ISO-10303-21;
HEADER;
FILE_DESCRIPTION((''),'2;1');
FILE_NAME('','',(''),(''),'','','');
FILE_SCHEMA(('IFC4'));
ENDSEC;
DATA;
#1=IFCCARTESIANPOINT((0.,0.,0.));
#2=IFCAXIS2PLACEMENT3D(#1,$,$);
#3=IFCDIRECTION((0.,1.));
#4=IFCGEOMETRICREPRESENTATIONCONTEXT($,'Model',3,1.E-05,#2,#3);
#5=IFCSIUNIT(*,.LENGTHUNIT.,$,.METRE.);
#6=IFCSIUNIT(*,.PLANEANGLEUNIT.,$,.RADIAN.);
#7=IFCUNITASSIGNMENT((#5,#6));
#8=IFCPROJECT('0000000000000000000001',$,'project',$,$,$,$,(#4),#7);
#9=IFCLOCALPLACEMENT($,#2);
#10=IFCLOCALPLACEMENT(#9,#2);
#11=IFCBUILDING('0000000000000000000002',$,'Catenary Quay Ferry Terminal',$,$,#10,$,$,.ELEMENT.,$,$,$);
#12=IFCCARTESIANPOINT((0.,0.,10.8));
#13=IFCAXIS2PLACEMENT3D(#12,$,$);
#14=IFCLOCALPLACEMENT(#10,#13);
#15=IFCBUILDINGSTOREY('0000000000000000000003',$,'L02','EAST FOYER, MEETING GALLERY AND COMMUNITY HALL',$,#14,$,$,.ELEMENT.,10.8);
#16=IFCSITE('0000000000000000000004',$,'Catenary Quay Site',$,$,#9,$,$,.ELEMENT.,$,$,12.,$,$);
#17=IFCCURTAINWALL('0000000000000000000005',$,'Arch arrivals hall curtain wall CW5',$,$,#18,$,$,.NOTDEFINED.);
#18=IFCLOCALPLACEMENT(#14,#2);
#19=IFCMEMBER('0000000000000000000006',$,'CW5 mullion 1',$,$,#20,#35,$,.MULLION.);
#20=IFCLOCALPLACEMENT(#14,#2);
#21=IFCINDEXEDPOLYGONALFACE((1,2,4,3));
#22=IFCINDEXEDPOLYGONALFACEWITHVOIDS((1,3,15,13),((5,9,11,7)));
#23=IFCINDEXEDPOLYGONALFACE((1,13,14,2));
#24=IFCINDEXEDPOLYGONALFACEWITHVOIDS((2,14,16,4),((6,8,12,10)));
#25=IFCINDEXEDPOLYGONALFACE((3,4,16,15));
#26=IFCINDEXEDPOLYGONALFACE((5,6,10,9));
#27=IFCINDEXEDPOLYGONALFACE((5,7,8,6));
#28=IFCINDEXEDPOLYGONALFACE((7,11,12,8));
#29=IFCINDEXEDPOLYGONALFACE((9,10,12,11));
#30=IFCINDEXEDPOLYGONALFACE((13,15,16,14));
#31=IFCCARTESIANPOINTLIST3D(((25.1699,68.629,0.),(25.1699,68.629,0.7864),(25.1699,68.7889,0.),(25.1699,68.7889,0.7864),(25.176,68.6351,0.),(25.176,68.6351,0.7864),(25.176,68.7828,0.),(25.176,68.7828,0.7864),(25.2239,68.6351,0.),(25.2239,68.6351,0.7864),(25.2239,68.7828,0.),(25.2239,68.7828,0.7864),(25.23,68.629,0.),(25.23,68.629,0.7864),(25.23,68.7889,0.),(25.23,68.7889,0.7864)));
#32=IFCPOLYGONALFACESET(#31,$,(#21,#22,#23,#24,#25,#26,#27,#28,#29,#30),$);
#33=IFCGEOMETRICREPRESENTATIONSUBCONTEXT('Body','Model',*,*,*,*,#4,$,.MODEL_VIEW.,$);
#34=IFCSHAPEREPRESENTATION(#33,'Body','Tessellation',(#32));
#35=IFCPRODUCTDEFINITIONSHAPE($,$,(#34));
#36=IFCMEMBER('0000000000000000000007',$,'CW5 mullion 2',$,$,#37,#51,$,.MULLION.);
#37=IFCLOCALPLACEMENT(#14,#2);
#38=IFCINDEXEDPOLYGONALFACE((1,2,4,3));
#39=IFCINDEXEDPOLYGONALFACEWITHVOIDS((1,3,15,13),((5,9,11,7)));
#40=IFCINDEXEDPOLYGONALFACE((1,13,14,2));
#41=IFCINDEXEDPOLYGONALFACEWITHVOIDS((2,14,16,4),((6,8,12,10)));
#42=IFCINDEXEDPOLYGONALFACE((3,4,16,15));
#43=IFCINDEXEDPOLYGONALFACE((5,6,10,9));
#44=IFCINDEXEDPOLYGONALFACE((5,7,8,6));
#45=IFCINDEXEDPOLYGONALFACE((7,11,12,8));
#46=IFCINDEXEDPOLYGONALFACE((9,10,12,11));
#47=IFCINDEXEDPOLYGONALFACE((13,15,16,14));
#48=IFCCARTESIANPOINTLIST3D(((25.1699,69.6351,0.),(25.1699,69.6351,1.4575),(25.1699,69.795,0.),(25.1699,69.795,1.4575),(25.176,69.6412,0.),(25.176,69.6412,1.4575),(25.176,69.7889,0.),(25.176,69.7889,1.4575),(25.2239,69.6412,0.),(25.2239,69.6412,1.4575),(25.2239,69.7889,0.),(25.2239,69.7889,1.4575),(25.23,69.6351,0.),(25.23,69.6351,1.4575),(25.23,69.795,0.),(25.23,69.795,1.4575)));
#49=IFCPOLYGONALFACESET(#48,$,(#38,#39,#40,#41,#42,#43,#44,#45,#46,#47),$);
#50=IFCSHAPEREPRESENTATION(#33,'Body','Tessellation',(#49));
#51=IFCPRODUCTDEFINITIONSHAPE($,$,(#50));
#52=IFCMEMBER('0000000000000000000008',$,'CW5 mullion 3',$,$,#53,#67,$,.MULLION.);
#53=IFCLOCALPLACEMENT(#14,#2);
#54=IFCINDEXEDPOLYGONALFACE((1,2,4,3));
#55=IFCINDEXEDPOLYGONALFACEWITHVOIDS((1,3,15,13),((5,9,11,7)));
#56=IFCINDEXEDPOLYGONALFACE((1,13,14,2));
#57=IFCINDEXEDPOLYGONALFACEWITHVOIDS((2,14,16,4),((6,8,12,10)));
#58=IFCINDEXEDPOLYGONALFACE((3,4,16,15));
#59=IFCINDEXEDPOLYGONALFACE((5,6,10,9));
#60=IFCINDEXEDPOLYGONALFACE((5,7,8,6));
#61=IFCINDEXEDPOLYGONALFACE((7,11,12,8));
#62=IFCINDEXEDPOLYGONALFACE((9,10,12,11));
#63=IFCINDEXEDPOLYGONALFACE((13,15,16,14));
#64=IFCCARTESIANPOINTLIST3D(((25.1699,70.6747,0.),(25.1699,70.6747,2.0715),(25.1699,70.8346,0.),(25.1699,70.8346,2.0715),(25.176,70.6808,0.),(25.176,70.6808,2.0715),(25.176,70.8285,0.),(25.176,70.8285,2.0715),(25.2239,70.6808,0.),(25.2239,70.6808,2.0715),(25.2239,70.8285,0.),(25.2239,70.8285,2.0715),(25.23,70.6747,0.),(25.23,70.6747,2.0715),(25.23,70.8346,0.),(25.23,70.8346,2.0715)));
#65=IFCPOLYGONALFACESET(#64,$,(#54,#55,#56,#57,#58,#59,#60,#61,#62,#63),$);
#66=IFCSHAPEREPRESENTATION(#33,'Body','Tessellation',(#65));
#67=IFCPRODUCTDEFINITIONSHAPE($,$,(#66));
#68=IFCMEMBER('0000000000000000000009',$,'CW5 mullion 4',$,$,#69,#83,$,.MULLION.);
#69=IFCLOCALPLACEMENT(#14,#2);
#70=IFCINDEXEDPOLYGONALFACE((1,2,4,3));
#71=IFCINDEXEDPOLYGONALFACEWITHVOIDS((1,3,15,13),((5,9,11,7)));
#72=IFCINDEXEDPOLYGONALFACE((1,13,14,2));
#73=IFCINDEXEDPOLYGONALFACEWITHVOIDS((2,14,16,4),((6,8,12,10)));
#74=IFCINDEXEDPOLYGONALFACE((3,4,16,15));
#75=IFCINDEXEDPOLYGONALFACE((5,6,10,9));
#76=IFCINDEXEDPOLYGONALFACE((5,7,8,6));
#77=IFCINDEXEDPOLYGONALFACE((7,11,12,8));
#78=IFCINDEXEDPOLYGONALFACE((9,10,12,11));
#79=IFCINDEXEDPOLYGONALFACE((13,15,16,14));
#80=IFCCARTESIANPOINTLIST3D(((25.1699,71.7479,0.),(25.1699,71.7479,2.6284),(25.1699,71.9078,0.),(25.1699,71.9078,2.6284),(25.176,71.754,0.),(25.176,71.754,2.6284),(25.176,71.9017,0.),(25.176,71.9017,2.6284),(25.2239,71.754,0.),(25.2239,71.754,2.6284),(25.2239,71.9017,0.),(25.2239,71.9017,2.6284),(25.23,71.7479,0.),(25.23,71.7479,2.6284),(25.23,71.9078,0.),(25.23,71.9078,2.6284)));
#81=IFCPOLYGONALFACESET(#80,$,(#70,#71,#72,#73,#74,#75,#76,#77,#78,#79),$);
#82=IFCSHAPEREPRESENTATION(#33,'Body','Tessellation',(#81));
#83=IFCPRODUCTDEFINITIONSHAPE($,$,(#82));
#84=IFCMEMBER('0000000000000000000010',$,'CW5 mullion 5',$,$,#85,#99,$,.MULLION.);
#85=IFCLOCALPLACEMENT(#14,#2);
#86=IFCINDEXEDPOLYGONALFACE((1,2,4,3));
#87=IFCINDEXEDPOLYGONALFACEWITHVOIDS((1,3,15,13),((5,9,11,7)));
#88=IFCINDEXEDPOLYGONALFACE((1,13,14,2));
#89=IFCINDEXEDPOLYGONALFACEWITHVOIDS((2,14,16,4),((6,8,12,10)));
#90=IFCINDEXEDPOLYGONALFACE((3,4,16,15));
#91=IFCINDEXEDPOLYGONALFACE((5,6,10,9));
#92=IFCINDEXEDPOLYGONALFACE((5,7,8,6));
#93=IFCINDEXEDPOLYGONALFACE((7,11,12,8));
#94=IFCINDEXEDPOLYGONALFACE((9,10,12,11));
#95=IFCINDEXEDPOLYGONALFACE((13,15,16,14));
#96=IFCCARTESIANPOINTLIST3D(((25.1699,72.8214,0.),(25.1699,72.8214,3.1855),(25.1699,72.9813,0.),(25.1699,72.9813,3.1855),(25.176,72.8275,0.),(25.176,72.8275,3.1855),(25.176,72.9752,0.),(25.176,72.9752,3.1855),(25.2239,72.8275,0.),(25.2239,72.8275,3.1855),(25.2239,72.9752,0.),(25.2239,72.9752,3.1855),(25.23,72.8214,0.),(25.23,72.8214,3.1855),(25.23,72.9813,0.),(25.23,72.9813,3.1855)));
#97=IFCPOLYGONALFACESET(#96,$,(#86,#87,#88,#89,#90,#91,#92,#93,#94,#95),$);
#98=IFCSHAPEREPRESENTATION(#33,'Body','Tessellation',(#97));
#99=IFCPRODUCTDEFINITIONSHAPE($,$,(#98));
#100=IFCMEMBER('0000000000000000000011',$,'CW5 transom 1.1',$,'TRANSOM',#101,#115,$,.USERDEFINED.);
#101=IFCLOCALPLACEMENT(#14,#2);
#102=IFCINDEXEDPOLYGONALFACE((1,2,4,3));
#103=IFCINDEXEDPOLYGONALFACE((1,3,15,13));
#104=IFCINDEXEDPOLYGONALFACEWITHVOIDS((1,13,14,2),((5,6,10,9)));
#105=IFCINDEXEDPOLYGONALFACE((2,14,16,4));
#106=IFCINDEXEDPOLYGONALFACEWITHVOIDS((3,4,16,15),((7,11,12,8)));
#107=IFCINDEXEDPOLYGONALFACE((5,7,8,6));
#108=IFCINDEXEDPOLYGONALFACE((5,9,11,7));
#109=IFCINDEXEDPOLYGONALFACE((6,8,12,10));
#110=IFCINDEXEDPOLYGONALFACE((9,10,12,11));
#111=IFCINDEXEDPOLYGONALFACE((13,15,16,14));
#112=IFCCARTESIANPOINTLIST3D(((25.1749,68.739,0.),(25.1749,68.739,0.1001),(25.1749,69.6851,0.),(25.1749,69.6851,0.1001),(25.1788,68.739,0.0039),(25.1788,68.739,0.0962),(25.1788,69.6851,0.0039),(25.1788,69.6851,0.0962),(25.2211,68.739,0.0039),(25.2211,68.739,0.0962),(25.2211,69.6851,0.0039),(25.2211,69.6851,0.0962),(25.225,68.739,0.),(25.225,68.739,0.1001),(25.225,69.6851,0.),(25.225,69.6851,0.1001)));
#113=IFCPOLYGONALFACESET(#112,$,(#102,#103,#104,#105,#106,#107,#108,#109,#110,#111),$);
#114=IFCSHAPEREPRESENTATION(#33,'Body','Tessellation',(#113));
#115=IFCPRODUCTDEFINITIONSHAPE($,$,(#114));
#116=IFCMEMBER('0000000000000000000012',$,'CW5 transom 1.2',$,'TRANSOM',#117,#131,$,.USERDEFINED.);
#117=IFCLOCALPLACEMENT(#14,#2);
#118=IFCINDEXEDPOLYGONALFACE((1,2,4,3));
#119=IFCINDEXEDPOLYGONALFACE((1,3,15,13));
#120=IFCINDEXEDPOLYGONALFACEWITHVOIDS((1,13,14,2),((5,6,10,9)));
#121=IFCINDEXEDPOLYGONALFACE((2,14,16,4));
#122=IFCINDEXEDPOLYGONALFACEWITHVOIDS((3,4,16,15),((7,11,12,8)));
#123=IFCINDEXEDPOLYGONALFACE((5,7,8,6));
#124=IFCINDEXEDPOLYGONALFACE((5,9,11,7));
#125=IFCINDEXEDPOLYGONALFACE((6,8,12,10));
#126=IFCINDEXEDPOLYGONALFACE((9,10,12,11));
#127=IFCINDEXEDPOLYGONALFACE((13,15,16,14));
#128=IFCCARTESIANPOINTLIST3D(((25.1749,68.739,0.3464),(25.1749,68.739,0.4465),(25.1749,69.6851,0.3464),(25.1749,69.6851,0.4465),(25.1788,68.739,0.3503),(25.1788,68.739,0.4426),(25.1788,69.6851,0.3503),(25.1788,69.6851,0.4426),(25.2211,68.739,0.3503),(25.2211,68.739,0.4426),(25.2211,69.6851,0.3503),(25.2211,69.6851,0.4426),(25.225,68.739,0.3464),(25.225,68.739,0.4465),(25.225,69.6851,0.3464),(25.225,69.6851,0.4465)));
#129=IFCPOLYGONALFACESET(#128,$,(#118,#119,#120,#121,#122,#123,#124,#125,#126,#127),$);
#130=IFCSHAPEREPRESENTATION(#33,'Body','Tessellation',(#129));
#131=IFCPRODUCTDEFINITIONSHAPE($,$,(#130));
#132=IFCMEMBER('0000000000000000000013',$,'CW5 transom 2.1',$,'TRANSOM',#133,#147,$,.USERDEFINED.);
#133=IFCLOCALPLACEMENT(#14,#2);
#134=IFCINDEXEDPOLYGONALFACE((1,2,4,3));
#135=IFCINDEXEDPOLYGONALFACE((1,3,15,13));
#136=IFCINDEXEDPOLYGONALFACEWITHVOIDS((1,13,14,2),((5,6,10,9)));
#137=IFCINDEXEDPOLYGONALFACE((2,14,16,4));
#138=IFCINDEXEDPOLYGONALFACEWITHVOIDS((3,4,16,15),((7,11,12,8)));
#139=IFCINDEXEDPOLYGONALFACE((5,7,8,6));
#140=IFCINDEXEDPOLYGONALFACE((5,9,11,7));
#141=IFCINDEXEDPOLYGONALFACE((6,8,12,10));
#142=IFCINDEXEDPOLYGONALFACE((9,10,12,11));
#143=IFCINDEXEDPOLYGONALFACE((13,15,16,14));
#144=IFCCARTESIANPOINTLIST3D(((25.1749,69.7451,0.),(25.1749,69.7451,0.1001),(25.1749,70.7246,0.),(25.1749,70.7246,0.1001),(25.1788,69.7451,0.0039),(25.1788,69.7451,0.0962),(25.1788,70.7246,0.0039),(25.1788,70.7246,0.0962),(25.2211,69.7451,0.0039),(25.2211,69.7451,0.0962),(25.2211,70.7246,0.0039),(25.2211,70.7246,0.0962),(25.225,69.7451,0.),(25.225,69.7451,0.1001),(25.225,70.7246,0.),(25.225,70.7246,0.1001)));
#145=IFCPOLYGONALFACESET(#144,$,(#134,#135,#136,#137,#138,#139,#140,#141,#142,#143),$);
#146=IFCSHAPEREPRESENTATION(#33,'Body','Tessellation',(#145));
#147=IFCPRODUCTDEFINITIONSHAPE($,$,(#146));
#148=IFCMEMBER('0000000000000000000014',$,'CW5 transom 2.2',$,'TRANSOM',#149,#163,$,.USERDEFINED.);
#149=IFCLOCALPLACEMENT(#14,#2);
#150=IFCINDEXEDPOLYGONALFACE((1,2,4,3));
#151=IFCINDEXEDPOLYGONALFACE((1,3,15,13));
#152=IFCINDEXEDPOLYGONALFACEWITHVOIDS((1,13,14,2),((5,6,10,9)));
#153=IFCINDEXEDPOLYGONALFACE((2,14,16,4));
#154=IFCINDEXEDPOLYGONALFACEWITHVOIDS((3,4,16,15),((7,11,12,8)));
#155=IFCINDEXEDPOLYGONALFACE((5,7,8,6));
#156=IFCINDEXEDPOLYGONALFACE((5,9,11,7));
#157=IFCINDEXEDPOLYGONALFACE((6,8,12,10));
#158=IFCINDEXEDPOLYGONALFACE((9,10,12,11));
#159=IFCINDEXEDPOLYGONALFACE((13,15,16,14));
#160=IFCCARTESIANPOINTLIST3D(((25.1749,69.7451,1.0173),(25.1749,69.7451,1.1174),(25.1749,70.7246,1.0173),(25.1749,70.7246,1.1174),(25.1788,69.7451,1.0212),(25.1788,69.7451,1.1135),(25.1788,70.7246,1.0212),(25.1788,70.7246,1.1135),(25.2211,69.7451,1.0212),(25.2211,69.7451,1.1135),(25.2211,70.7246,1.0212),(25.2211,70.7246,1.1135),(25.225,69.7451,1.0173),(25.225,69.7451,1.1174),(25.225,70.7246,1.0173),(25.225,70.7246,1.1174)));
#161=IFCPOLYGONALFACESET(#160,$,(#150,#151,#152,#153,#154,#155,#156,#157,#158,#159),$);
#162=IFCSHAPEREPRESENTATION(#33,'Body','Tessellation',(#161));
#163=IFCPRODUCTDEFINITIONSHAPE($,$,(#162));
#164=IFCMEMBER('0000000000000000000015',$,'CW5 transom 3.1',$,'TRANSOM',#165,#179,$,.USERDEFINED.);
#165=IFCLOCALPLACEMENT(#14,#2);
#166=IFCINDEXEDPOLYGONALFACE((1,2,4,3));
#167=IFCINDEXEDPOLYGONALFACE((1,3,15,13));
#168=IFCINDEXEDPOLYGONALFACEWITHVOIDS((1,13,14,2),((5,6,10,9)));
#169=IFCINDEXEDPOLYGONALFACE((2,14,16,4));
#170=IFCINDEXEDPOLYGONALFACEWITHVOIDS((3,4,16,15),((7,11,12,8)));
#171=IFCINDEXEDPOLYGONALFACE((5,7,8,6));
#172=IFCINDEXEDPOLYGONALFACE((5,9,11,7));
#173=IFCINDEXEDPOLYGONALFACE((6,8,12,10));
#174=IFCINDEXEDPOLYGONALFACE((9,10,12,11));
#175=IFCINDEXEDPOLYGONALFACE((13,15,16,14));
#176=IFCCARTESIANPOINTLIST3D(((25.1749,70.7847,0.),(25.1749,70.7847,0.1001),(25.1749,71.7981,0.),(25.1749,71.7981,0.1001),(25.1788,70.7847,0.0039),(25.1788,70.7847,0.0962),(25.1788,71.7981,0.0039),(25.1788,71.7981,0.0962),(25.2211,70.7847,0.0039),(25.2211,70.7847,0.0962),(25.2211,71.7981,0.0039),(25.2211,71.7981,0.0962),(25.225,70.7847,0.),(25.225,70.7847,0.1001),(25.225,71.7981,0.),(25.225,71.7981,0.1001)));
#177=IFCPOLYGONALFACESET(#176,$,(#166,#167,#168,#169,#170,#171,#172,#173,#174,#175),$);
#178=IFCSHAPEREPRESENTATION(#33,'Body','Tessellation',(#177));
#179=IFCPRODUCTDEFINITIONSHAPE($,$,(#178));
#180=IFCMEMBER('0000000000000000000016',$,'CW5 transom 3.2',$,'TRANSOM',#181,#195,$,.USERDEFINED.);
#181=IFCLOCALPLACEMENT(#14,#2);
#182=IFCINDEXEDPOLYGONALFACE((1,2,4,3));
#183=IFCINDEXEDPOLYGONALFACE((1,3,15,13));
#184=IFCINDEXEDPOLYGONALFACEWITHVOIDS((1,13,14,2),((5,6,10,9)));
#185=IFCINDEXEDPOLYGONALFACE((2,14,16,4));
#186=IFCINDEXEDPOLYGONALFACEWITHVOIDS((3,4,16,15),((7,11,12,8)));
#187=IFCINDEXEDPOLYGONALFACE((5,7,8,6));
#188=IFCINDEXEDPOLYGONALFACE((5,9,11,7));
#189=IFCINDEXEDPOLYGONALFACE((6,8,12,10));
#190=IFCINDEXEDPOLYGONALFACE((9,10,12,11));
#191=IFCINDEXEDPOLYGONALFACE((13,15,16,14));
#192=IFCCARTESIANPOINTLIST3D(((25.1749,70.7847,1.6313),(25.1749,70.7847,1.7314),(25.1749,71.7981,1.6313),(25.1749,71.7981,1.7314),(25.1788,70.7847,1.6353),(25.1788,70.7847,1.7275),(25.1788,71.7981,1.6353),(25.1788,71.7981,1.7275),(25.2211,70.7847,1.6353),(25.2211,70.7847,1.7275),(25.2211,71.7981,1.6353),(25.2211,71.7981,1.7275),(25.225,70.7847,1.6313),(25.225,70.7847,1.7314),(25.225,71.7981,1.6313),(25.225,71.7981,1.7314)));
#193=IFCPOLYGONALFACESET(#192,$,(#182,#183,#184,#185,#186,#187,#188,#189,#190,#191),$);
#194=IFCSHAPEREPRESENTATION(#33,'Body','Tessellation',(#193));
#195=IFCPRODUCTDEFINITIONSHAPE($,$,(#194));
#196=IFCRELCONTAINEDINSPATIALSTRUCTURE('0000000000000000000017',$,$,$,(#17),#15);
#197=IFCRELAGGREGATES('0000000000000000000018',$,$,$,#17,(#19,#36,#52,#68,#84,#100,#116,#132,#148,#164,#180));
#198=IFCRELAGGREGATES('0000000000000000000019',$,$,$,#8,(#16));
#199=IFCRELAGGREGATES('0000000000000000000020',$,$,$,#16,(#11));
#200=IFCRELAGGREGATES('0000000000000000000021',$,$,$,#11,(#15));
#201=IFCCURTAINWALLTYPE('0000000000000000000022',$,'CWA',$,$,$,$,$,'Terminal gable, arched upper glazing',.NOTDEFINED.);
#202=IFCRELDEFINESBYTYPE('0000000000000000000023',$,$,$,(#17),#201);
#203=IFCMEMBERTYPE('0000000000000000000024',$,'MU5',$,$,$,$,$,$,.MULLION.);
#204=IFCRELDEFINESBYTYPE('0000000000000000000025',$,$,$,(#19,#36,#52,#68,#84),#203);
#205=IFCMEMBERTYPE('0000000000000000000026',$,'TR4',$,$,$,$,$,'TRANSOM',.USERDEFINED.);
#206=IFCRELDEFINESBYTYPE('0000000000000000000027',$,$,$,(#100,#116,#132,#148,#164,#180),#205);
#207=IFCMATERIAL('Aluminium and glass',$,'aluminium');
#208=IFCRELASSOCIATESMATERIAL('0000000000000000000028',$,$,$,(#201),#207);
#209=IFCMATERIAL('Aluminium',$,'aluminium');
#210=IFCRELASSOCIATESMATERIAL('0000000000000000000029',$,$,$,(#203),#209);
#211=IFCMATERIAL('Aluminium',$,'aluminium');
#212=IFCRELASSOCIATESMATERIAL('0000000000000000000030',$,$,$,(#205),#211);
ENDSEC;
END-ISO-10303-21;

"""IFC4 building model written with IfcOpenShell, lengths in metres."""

from ifc_helpers import new_model, si_unit, direction, frame, origin, origin_2d, place, context, subcontext, project, spatial, hollow_rectangle, extrude, material, material_profile, profile_set, type_object, element, aggregate, save


model = new_model("IFC4")

# Units and contexts
model_context = context("Model", 3, precision=1e-05, world=origin(), true_north=direction((0.0, 1.0)))
body_context = subcontext(model_context, "Body", "Model", "MODEL_VIEW")
ifc_project = project(units=[si_unit("LENGTHUNIT", "METRE"), si_unit("PLANEANGLEUNIT", "RADIAN")], contexts=[model_context])

# Site, building, storey
site_placement = place(None, origin())
site = spatial("IfcSite", under=ifc_project, at=site_placement, Name="Catenary Quay Site", CompositionType="ELEMENT", RefElevation=12.0)
building_placement = place(site_placement, origin())
building = spatial("IfcBuilding", under=site, at=building_placement, Name="Catenary Quay Ferry Terminal", CompositionType="ELEMENT")
storey_placement = place(building_placement, frame((0.0, 0.0, 10.8)))
storey = spatial("IfcBuildingStorey", under=building, at=storey_placement, Name="L02", Description="EAST FOYER, MEETING GALLERY AND COMMUNITY HALL", CompositionType="ELEMENT", Elevation=10.8)

# Curtain wall, members
ifc_material_1 = material(Name="Aluminium and glass", Category="aluminium")
curtain_wall_type = type_object("IfcCurtainWallType", Name="CWA", ElementType="Terminal gable, arched upper glazing", PredefinedType="NOTDEFINED", material=ifc_material_1)
curtain_wall_placement = place(storey_placement, origin())
curtain_wall = element("IfcCurtainWall", 1, at=curtain_wall_placement, inside=storey, type_object=curtain_wall_type, Name="Arch arrivals hall curtain wall CW5", PredefinedType="NOTDEFINED")
ifc_material_2 = material(Name="Aluminium", Category="aluminium")
ifc_material_profile_1 = material_profile(ifc_material_2, hollow_rectangle(XDim=0.0601, YDim=0.1599, WallThickness=0.0061, at=origin_2d()), Name="MU5")
ifc_profile_set_1 = profile_set([ifc_material_profile_1], Name="Aluminium")
member_type_1 = type_object("IfcMemberType", Name="MU5", PredefinedType="MULLION", material=ifc_profile_set_1)
member_1_placement = place(storey_placement, frame((25.2, 68.709, 0.0), z_axis=(0.0, 0.0, 1.0), x_axis=(-1.0, 0.0, 0.0)))
member_1 = element("IfcMember", 2, at=member_1_placement, type_object=member_type_1, Name="CW5 mullion 1", PredefinedType="MULLION", context=body_context, shape_type="SweptSolid", body=[
    extrude(hollow_rectangle(XDim=0.0601, YDim=0.1599, WallThickness=0.0061, at=origin_2d()), origin(), (0.0, 0.0, 1.0), 0.7864),
])
member_2_placement = place(storey_placement, frame((25.2, 69.7151, 0.0), z_axis=(0.0, 0.0, 1.0), x_axis=(-1.0, 0.0, 0.0)))
member_2 = element("IfcMember", 3, at=member_2_placement, type_object=member_type_1, Name="CW5 mullion 2", PredefinedType="MULLION", context=body_context, shape_type="SweptSolid", body=[
    extrude(hollow_rectangle(XDim=0.0601, YDim=0.1599, WallThickness=0.0061, at=origin_2d()), origin(), (0.0, 0.0, 1.0), 1.4575),
])
member_3_placement = place(storey_placement, frame((25.2, 70.7546, 0.0), z_axis=(0.0, 0.0, 1.0), x_axis=(-1.0, 0.0, 0.0)))
member_3 = element("IfcMember", 4, at=member_3_placement, type_object=member_type_1, Name="CW5 mullion 3", PredefinedType="MULLION", context=body_context, shape_type="SweptSolid", body=[
    extrude(hollow_rectangle(XDim=0.0601, YDim=0.1599, WallThickness=0.0061, at=origin_2d()), origin(), (0.0, 0.0, 1.0), 2.0715),
])
member_4_placement = place(storey_placement, frame((25.2, 71.8279, 0.0), z_axis=(0.0, 0.0, 1.0), x_axis=(-1.0, 0.0, 0.0)))
member_4 = element("IfcMember", 5, at=member_4_placement, type_object=member_type_1, Name="CW5 mullion 4", PredefinedType="MULLION", context=body_context, shape_type="SweptSolid", body=[
    extrude(hollow_rectangle(XDim=0.0601, YDim=0.1599, WallThickness=0.0061, at=origin_2d()), origin(), (0.0, 0.0, 1.0), 2.6284),
])
member_5_placement = place(storey_placement, frame((25.2, 72.9014, 0.0), z_axis=(0.0, 0.0, 1.0), x_axis=(-1.0, 0.0, 0.0)))
member_5 = element("IfcMember", 6, at=member_5_placement, type_object=member_type_1, Name="CW5 mullion 5", PredefinedType="MULLION", context=body_context, shape_type="SweptSolid", body=[
    extrude(hollow_rectangle(XDim=0.0601, YDim=0.1599, WallThickness=0.0061, at=origin_2d()), origin(), (0.0, 0.0, 1.0), 3.1855),
])
ifc_material_3 = material(Name="Aluminium", Category="aluminium")
ifc_material_profile_2 = material_profile(ifc_material_3, hollow_rectangle(XDim=0.05, YDim=0.1001, WallThickness=0.0039, at=origin_2d()), Name="TR4")
ifc_profile_set_2 = profile_set([ifc_material_profile_2], Name="Aluminium")
member_type_2 = type_object("IfcMemberType", Name="TR4", ElementType="TRANSOM", PredefinedType="USERDEFINED", material=ifc_profile_set_2)
member_6_placement = place(storey_placement, frame((25.2, 68.739, 0.05), z_axis=(0.0, 1.0, 0.0), x_axis=(-1.0, 0.0, 0.0)))
member_6 = element("IfcMember", 7, at=member_6_placement, type_object=member_type_2, Name="CW5 transom 1.1", ObjectType="TRANSOM", PredefinedType="USERDEFINED", context=body_context, shape_type="SweptSolid", body=[
    extrude(hollow_rectangle(XDim=0.05, YDim=0.1001, WallThickness=0.0039, at=origin_2d()), origin(), (0.0, 0.0, 1.0), 0.946),
])
member_7_placement = place(storey_placement, frame((25.2, 68.739, 0.3965), z_axis=(0.0, 1.0, 0.0), x_axis=(-1.0, 0.0, 0.0)))
member_7 = element("IfcMember", 8, at=member_7_placement, type_object=member_type_2, Name="CW5 transom 1.2", ObjectType="TRANSOM", PredefinedType="USERDEFINED", context=body_context, shape_type="SweptSolid", body=[
    extrude(hollow_rectangle(XDim=0.05, YDim=0.1001, WallThickness=0.0039, at=origin_2d()), origin(), (0.0, 0.0, 1.0), 0.946),
])
member_8_placement = place(storey_placement, frame((25.2, 69.7451, 0.05), z_axis=(0.0, 1.0, 0.0), x_axis=(-1.0, 0.0, 0.0)))
member_8 = element("IfcMember", 9, at=member_8_placement, type_object=member_type_2, Name="CW5 transom 2.1", ObjectType="TRANSOM", PredefinedType="USERDEFINED", context=body_context, shape_type="SweptSolid", body=[
    extrude(hollow_rectangle(XDim=0.05, YDim=0.1001, WallThickness=0.0039, at=origin_2d()), origin(), (0.0, 0.0, 1.0), 0.9795),
])
member_9_placement = place(storey_placement, frame((25.2, 69.7451, 1.0674), z_axis=(0.0, 1.0, 0.0), x_axis=(-1.0, 0.0, 0.0)))
member_9 = element("IfcMember", 10, at=member_9_placement, type_object=member_type_2, Name="CW5 transom 2.2", ObjectType="TRANSOM", PredefinedType="USERDEFINED", context=body_context, shape_type="SweptSolid", body=[
    extrude(hollow_rectangle(XDim=0.05, YDim=0.1001, WallThickness=0.0039, at=origin_2d()), origin(), (0.0, 0.0, 1.0), 0.9795),
])
member_10_placement = place(storey_placement, frame((25.2, 70.7847, 0.05), z_axis=(0.0, 1.0, 0.0), x_axis=(-1.0, 0.0, 0.0)))
member_10 = element("IfcMember", 11, at=member_10_placement, type_object=member_type_2, Name="CW5 transom 3.1", ObjectType="TRANSOM", PredefinedType="USERDEFINED", context=body_context, shape_type="SweptSolid", body=[
    extrude(hollow_rectangle(XDim=0.05, YDim=0.1001, WallThickness=0.0039, at=origin_2d()), origin(), (0.0, 0.0, 1.0), 1.0134),
])
member_11_placement = place(storey_placement, frame((25.2, 70.7847, 1.6814), z_axis=(0.0, 1.0, 0.0), x_axis=(-1.0, 0.0, 0.0)))
member_11 = element("IfcMember", 12, at=member_11_placement, type_object=member_type_2, Name="CW5 transom 3.2", ObjectType="TRANSOM", PredefinedType="USERDEFINED", context=body_context, shape_type="SweptSolid", body=[
    extrude(hollow_rectangle(XDim=0.05, YDim=0.1001, WallThickness=0.0039, at=origin_2d()), origin(), (0.0, 0.0, 1.0), 1.0134),
])

aggregate(curtain_wall, [member_1, member_2, member_3, member_4, member_5, member_6, member_7, member_8, member_9, member_10, member_11])

save(model, "model.ifc")
